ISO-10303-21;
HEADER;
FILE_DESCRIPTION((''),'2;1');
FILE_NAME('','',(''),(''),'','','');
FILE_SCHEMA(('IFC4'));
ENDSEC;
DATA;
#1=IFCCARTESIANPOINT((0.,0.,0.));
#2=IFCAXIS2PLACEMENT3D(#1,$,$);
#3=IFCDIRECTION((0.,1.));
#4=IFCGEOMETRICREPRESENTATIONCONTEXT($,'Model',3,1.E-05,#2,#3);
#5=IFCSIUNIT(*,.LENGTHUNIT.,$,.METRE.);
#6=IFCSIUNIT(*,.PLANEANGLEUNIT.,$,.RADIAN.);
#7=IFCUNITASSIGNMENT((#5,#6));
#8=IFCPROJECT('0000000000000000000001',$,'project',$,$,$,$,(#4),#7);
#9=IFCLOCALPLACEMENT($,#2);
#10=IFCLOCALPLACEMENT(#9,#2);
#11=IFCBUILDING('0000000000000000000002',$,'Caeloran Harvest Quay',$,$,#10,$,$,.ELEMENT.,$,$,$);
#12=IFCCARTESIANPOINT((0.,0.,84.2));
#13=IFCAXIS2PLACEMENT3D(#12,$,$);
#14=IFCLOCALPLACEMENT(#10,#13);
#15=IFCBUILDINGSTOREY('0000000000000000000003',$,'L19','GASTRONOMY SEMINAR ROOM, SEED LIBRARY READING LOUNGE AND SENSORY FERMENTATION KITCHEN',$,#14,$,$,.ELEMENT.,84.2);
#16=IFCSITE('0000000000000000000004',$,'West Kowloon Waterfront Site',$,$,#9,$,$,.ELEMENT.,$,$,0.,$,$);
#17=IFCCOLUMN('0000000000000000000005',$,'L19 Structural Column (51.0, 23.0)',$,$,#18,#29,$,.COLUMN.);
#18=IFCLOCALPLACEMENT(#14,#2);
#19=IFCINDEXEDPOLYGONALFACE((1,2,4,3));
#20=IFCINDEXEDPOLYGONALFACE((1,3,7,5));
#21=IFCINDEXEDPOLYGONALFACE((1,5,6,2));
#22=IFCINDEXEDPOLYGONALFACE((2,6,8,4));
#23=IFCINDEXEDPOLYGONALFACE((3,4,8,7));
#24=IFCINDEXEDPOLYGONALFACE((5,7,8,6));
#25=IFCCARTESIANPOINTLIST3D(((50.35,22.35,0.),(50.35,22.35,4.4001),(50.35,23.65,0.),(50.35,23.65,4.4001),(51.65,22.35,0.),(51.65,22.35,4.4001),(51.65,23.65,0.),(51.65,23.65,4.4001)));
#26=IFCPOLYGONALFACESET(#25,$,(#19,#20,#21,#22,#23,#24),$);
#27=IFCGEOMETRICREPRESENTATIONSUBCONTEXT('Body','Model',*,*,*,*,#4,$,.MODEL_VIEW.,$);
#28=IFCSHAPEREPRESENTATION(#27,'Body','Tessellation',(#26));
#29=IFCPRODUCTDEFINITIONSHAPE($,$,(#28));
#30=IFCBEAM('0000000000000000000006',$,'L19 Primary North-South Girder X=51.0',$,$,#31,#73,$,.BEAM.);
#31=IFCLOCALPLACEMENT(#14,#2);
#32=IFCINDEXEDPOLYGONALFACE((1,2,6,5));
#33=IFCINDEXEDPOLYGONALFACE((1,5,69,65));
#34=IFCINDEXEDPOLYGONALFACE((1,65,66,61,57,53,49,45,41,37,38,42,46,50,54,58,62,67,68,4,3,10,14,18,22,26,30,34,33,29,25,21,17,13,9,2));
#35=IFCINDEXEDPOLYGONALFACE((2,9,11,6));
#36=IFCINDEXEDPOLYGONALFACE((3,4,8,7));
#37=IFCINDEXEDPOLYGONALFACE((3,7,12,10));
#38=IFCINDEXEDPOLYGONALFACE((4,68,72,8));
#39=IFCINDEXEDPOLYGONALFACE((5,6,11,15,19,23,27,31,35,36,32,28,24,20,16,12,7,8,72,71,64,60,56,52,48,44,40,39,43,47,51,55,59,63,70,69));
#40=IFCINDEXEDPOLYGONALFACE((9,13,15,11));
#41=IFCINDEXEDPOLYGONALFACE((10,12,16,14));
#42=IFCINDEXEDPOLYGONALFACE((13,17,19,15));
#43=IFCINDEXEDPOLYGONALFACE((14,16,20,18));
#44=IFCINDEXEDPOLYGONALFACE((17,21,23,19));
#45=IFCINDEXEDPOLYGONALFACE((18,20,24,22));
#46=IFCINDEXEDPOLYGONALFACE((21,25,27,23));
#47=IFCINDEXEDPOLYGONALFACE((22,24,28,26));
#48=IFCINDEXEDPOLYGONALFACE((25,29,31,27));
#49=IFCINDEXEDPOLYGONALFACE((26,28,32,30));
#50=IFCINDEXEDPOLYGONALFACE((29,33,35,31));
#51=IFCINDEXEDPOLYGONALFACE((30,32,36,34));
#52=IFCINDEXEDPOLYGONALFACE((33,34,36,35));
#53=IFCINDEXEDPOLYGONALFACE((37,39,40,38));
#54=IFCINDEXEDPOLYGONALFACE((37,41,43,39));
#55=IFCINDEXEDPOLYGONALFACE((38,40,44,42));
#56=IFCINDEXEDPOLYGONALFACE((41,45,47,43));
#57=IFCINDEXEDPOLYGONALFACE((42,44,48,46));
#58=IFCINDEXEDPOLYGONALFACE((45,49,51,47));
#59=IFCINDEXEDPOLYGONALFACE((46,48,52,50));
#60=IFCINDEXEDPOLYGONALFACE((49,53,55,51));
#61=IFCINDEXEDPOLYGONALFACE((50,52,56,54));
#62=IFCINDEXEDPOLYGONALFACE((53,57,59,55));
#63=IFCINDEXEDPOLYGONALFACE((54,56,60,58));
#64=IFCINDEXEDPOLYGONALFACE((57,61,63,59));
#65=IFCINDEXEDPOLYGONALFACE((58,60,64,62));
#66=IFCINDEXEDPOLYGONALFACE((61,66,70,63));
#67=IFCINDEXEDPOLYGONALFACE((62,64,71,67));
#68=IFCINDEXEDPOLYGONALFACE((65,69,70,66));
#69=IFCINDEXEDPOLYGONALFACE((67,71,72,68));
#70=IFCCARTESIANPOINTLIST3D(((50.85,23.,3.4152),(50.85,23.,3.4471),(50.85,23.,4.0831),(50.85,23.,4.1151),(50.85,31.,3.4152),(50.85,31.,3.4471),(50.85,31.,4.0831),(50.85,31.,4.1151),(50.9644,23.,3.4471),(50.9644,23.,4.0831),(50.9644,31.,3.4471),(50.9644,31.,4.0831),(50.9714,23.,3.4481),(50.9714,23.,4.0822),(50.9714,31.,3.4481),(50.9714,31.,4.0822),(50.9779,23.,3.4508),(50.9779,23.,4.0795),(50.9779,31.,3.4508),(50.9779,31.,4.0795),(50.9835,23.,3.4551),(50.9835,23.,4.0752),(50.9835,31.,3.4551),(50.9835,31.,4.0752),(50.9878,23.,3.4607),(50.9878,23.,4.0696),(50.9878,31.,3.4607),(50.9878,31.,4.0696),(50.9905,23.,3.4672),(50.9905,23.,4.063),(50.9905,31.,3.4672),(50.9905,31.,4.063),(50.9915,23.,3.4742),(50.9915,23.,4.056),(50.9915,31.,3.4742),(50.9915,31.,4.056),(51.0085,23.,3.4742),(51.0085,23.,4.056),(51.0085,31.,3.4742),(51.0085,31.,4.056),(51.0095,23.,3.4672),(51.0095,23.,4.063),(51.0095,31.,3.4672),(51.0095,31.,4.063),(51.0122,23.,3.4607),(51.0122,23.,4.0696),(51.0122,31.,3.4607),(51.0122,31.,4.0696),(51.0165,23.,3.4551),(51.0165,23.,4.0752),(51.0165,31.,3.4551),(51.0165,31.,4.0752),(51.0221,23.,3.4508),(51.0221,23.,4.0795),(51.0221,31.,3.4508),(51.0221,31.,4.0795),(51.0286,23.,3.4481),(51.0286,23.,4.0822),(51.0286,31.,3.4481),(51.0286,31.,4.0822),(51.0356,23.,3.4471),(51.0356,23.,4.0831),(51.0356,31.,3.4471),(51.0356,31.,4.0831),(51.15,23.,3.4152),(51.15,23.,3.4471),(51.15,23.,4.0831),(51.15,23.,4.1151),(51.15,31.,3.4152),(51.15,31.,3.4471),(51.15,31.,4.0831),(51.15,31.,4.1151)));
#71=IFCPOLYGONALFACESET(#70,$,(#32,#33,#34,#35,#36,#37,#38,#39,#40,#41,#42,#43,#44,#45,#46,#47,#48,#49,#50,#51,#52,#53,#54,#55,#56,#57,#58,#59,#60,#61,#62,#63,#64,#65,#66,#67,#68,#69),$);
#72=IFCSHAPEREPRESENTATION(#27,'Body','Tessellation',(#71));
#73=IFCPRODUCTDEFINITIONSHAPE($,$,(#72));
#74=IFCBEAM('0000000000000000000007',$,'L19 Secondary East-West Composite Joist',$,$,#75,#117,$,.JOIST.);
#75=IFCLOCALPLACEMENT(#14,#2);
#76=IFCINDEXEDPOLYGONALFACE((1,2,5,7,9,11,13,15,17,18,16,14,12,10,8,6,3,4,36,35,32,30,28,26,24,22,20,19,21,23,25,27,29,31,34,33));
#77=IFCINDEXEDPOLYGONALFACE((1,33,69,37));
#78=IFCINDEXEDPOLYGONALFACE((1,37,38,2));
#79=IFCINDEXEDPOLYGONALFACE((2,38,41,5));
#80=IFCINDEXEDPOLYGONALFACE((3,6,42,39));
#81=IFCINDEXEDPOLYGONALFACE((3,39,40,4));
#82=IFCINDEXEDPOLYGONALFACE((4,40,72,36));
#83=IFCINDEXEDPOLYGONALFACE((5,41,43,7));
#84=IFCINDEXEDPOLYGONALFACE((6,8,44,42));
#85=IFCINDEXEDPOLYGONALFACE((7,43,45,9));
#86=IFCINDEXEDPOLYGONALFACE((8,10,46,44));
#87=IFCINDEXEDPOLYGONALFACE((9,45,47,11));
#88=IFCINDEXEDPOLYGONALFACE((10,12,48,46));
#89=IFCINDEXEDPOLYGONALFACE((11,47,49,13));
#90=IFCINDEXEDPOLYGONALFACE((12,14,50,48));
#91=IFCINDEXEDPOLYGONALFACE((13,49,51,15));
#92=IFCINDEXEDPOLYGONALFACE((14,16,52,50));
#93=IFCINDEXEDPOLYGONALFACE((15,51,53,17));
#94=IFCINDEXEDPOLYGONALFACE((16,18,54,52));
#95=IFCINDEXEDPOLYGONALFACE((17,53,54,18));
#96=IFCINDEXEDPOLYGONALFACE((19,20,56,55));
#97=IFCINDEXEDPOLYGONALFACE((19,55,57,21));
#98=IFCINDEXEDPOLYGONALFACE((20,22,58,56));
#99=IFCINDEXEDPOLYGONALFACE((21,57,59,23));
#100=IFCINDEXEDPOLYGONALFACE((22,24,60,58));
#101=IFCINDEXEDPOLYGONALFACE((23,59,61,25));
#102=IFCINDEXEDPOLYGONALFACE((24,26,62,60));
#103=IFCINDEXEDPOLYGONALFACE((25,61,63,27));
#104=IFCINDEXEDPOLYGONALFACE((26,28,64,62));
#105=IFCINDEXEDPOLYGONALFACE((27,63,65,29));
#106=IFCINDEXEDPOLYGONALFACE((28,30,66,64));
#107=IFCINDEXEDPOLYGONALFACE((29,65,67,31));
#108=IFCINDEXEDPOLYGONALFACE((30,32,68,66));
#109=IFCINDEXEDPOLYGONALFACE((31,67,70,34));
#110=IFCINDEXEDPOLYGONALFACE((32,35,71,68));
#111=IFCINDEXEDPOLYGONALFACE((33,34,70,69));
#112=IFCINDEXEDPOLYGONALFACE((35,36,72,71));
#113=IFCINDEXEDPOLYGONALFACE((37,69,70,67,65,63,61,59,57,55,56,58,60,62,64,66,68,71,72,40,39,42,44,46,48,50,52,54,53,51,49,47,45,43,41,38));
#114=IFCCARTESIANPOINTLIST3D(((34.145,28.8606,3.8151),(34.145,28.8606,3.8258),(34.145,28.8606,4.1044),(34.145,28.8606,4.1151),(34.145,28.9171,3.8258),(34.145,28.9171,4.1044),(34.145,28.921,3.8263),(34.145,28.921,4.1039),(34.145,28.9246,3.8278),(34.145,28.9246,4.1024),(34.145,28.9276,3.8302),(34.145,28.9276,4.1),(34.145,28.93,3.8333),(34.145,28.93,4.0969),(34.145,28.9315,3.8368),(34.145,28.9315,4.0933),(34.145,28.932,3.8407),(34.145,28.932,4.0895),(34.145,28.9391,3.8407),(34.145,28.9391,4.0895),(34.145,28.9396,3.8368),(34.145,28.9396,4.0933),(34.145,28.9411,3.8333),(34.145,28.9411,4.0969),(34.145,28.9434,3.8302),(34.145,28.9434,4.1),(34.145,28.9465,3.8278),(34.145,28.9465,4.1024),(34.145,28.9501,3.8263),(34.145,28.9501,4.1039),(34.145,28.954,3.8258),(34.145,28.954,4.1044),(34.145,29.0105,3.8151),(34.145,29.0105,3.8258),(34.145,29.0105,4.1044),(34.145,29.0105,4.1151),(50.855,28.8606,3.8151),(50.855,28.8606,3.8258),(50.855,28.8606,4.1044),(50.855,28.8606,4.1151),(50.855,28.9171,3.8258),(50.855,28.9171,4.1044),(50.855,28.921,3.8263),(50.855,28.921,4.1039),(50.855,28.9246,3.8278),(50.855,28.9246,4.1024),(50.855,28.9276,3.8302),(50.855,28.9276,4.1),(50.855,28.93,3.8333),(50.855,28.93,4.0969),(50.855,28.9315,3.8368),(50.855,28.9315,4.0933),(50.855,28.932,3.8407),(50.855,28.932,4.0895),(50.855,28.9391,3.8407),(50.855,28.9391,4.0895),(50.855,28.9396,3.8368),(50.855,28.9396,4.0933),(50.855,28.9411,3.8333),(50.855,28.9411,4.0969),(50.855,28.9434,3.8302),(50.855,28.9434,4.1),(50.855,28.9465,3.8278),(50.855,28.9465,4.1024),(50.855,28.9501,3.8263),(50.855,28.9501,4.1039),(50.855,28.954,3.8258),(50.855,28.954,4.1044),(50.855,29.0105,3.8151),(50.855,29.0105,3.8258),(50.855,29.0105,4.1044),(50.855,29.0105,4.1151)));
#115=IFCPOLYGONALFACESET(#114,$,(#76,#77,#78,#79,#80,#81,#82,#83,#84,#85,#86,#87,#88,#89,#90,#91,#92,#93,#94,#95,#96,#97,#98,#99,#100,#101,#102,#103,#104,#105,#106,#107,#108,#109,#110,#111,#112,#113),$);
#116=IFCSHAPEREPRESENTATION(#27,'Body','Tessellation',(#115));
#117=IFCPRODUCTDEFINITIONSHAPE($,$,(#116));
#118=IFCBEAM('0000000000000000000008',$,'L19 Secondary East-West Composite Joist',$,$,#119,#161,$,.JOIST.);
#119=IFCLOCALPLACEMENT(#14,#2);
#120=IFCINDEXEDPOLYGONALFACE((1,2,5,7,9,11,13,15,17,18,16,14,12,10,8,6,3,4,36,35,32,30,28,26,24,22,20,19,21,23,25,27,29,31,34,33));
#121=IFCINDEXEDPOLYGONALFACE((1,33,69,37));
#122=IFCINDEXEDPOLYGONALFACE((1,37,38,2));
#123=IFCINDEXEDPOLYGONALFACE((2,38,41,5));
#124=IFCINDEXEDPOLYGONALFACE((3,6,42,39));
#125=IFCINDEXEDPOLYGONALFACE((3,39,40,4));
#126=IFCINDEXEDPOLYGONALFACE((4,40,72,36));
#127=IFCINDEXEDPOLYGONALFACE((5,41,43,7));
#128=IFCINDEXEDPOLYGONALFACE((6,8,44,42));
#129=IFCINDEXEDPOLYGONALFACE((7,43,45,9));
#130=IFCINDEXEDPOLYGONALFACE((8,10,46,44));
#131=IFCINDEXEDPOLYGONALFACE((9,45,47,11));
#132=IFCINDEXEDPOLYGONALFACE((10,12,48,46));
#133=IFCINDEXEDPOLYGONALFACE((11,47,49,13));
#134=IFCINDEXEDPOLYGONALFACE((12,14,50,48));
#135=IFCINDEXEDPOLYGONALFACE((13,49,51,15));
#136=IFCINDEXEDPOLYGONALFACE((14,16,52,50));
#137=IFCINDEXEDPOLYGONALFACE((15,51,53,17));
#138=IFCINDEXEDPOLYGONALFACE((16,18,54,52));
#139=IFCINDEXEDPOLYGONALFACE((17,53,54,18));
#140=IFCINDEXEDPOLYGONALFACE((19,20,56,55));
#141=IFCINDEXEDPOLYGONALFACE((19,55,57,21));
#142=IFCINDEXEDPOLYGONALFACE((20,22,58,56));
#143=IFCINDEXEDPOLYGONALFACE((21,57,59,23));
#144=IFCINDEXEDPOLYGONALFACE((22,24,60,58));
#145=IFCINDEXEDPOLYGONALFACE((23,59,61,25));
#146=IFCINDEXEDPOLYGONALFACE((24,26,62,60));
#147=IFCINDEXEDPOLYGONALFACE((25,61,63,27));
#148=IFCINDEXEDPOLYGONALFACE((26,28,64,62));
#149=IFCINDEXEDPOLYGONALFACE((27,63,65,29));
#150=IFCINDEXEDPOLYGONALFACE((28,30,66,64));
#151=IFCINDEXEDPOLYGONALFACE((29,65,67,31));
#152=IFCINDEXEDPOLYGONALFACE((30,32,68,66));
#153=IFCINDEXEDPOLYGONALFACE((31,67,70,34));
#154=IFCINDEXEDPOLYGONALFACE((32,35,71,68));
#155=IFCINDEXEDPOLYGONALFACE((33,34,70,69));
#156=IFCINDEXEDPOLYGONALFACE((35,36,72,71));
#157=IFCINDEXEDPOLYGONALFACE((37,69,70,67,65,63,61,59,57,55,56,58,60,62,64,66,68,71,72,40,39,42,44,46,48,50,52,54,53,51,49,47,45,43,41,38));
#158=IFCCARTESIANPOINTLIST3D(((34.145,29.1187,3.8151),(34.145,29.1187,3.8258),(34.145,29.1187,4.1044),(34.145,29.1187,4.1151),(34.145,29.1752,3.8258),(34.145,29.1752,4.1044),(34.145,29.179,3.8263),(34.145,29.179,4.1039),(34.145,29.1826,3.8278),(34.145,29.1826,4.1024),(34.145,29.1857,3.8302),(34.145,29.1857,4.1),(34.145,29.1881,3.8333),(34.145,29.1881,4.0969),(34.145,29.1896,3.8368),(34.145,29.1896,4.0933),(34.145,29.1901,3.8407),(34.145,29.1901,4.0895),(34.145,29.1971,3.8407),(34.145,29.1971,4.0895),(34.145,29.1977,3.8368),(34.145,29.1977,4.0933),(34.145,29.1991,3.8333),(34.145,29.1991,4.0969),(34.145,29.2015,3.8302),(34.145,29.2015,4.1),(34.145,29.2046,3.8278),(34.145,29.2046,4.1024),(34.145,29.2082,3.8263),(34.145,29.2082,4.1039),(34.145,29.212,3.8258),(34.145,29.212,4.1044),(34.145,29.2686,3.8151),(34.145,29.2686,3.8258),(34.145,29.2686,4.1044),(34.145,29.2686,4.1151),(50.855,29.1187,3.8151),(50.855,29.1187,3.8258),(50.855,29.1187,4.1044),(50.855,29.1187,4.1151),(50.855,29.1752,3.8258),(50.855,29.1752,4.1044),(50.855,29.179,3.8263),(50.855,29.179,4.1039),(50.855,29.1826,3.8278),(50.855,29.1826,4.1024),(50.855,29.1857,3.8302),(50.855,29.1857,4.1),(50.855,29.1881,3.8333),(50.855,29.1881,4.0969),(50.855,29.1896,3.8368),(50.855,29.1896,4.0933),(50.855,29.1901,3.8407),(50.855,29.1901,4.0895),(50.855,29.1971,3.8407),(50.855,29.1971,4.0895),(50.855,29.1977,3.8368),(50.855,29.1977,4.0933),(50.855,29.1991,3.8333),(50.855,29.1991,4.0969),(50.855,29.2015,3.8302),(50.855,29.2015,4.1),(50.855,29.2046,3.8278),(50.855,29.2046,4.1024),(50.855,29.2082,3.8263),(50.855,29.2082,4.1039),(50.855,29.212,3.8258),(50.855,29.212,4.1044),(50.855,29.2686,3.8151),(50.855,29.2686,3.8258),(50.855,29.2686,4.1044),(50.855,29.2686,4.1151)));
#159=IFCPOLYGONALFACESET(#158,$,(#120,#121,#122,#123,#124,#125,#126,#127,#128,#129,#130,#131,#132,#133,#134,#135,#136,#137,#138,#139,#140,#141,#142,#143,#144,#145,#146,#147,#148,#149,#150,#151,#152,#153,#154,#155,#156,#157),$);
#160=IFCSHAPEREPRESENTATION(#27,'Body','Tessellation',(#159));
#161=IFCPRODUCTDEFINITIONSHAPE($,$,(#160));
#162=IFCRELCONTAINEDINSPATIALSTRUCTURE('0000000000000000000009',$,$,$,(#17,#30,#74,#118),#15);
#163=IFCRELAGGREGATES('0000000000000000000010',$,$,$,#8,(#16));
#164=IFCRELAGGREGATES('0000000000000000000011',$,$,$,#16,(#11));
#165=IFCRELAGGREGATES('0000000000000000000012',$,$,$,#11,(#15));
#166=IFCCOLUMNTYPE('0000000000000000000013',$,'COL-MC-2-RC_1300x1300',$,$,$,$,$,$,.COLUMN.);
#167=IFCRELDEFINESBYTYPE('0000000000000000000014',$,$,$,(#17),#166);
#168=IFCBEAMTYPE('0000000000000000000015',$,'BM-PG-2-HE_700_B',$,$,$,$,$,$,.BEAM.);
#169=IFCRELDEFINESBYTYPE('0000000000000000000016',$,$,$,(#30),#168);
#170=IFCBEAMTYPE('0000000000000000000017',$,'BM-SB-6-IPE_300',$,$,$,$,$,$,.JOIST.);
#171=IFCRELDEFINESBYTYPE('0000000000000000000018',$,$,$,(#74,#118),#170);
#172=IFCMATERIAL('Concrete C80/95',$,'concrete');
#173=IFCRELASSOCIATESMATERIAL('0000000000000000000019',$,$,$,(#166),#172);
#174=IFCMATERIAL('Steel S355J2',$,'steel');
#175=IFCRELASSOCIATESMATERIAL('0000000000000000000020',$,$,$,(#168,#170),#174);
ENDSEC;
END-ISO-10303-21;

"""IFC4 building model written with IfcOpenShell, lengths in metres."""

from ifc_helpers import new_model, si_unit, direction, frame, origin, origin_2d, place, context, subcontext, project, spatial, rectangle, i_section, extrude, material, material_profile, profile_set, type_object, element, save


model = new_model("IFC4")

# Units and contexts
model_context = context("Model", 3, precision=1e-05, world=origin(), true_north=direction((0.0, 1.0)))
body_context = subcontext(model_context, "Body", "Model", "MODEL_VIEW")
ifc_project = project(units=[si_unit("LENGTHUNIT", "METRE"), si_unit("PLANEANGLEUNIT", "RADIAN")], contexts=[model_context])

# Site, building, storey
site_placement = place(None, origin())
site = spatial("IfcSite", under=ifc_project, at=site_placement, Name="West Kowloon Waterfront Site", CompositionType="ELEMENT", RefElevation=0.0)
building_placement = place(site_placement, origin())
building = spatial("IfcBuilding", under=site, at=building_placement, Name="Caeloran Harvest Quay", CompositionType="ELEMENT")
storey_placement = place(building_placement, frame((0.0, 0.0, 84.2)))
storey = spatial("IfcBuildingStorey", under=building, at=storey_placement, Name="L19", Description="GASTRONOMY SEMINAR ROOM, SEED LIBRARY READING LOUNGE AND SENSORY FERMENTATION KITCHEN", CompositionType="ELEMENT", Elevation=84.2)

# Column
ifc_material_1 = material(Name="Concrete C80/95", Category="concrete")
ifc_material_profile_1 = material_profile(ifc_material_1, rectangle(XDim=1.3, YDim=1.3, at=origin_2d()), Name="RC 1300x1300")
ifc_profile_set_1 = profile_set([ifc_material_profile_1], Name="Concrete C80/95")
column_type = type_object("IfcColumnType", Name="COL-MC-2-RC_1300x1300", PredefinedType="COLUMN", material=ifc_profile_set_1)
column_placement = place(storey_placement, frame((51.0, 23.0, 0.0), z_axis=(0.0, 0.0, 1.0), x_axis=(1.0, 0.0, 0.0)))
element("IfcColumn", 1, at=column_placement, inside=storey, type_object=column_type, Name="L19 Structural Column (51.0, 23.0)", PredefinedType="COLUMN", context=body_context, shape_type="SweptSolid", body=[
    extrude(rectangle(XDim=1.3, YDim=1.3, at=origin_2d()), origin(), (0.0, 0.0, 1.0), 4.4001),
])

# Beams
ifc_material_2 = material(Name="Steel S355J2", Category="steel")
ifc_material_profile_2 = material_profile(ifc_material_2, i_section(OverallWidth=0.3, OverallDepth=0.7, WebThickness=0.0171, FlangeThickness=0.032, FilletRadius=0.0271, at=origin_2d()), Name="HE 700 B")
ifc_profile_set_2 = profile_set([ifc_material_profile_2], Name="Steel S355J2")
beam_type_1 = type_object("IfcBeamType", Name="BM-PG-2-HE_700_B", PredefinedType="BEAM", material=ifc_profile_set_2)
beam_placement = place(storey_placement, frame((51.0, 23.0, 3.7651), z_axis=(0.0, 1.0, 0.0), x_axis=(-1.0, 0.0, 0.0)))
element("IfcBeam", 2, at=beam_placement, inside=storey, type_object=beam_type_1, Name="L19 Primary North-South Girder X=51.0", PredefinedType="BEAM", context=body_context, shape_type="SweptSolid", body=[
    extrude(i_section(OverallWidth=0.3, OverallDepth=0.7, WebThickness=0.0171, FlangeThickness=0.032, FilletRadius=0.0271, at=origin_2d()), origin(), (0.0, 0.0, 1.0), 8.0),
])
ifc_material_profile_3 = material_profile(ifc_material_2, i_section(OverallWidth=0.1499, OverallDepth=0.3, WebThickness=0.0071, FlangeThickness=0.0107, FilletRadius=0.0149, at=origin_2d()), Name="IPE 300")
ifc_profile_set_3 = profile_set([ifc_material_profile_3], Name="Steel S355J2")
beam_type_2 = type_object("IfcBeamType", Name="BM-SB-6-IPE_300", PredefinedType="JOIST", material=ifc_profile_set_3)
for number, where, z_axis, x_axis, name in (
    (3, (34.145, 28.9355, 3.9651), (1.0, 0.0, 0.0), (0.0, 1.0, 0.0), "L19 Secondary East-West Composite Joist"),
    (4, (34.145, 29.1936, 3.9651), (1.0, 0.0, 0.0), (0.0, 1.0, 0.0), "L19 Secondary East-West Composite Joist"),
):
    element("IfcBeam", number, at=place(storey_placement, frame(where, z_axis=z_axis, x_axis=x_axis)), inside=storey, type_object=beam_type_2, Name=name, PredefinedType="JOIST", context=body_context, shape_type="SweptSolid", body=[
        extrude(i_section(OverallWidth=0.1499, OverallDepth=0.3, WebThickness=0.0071, FlangeThickness=0.0107, FilletRadius=0.0149, at=origin_2d()), origin(), (0.0, 0.0, 1.0), 16.71),
    ])

save(model, "model.ifc")
